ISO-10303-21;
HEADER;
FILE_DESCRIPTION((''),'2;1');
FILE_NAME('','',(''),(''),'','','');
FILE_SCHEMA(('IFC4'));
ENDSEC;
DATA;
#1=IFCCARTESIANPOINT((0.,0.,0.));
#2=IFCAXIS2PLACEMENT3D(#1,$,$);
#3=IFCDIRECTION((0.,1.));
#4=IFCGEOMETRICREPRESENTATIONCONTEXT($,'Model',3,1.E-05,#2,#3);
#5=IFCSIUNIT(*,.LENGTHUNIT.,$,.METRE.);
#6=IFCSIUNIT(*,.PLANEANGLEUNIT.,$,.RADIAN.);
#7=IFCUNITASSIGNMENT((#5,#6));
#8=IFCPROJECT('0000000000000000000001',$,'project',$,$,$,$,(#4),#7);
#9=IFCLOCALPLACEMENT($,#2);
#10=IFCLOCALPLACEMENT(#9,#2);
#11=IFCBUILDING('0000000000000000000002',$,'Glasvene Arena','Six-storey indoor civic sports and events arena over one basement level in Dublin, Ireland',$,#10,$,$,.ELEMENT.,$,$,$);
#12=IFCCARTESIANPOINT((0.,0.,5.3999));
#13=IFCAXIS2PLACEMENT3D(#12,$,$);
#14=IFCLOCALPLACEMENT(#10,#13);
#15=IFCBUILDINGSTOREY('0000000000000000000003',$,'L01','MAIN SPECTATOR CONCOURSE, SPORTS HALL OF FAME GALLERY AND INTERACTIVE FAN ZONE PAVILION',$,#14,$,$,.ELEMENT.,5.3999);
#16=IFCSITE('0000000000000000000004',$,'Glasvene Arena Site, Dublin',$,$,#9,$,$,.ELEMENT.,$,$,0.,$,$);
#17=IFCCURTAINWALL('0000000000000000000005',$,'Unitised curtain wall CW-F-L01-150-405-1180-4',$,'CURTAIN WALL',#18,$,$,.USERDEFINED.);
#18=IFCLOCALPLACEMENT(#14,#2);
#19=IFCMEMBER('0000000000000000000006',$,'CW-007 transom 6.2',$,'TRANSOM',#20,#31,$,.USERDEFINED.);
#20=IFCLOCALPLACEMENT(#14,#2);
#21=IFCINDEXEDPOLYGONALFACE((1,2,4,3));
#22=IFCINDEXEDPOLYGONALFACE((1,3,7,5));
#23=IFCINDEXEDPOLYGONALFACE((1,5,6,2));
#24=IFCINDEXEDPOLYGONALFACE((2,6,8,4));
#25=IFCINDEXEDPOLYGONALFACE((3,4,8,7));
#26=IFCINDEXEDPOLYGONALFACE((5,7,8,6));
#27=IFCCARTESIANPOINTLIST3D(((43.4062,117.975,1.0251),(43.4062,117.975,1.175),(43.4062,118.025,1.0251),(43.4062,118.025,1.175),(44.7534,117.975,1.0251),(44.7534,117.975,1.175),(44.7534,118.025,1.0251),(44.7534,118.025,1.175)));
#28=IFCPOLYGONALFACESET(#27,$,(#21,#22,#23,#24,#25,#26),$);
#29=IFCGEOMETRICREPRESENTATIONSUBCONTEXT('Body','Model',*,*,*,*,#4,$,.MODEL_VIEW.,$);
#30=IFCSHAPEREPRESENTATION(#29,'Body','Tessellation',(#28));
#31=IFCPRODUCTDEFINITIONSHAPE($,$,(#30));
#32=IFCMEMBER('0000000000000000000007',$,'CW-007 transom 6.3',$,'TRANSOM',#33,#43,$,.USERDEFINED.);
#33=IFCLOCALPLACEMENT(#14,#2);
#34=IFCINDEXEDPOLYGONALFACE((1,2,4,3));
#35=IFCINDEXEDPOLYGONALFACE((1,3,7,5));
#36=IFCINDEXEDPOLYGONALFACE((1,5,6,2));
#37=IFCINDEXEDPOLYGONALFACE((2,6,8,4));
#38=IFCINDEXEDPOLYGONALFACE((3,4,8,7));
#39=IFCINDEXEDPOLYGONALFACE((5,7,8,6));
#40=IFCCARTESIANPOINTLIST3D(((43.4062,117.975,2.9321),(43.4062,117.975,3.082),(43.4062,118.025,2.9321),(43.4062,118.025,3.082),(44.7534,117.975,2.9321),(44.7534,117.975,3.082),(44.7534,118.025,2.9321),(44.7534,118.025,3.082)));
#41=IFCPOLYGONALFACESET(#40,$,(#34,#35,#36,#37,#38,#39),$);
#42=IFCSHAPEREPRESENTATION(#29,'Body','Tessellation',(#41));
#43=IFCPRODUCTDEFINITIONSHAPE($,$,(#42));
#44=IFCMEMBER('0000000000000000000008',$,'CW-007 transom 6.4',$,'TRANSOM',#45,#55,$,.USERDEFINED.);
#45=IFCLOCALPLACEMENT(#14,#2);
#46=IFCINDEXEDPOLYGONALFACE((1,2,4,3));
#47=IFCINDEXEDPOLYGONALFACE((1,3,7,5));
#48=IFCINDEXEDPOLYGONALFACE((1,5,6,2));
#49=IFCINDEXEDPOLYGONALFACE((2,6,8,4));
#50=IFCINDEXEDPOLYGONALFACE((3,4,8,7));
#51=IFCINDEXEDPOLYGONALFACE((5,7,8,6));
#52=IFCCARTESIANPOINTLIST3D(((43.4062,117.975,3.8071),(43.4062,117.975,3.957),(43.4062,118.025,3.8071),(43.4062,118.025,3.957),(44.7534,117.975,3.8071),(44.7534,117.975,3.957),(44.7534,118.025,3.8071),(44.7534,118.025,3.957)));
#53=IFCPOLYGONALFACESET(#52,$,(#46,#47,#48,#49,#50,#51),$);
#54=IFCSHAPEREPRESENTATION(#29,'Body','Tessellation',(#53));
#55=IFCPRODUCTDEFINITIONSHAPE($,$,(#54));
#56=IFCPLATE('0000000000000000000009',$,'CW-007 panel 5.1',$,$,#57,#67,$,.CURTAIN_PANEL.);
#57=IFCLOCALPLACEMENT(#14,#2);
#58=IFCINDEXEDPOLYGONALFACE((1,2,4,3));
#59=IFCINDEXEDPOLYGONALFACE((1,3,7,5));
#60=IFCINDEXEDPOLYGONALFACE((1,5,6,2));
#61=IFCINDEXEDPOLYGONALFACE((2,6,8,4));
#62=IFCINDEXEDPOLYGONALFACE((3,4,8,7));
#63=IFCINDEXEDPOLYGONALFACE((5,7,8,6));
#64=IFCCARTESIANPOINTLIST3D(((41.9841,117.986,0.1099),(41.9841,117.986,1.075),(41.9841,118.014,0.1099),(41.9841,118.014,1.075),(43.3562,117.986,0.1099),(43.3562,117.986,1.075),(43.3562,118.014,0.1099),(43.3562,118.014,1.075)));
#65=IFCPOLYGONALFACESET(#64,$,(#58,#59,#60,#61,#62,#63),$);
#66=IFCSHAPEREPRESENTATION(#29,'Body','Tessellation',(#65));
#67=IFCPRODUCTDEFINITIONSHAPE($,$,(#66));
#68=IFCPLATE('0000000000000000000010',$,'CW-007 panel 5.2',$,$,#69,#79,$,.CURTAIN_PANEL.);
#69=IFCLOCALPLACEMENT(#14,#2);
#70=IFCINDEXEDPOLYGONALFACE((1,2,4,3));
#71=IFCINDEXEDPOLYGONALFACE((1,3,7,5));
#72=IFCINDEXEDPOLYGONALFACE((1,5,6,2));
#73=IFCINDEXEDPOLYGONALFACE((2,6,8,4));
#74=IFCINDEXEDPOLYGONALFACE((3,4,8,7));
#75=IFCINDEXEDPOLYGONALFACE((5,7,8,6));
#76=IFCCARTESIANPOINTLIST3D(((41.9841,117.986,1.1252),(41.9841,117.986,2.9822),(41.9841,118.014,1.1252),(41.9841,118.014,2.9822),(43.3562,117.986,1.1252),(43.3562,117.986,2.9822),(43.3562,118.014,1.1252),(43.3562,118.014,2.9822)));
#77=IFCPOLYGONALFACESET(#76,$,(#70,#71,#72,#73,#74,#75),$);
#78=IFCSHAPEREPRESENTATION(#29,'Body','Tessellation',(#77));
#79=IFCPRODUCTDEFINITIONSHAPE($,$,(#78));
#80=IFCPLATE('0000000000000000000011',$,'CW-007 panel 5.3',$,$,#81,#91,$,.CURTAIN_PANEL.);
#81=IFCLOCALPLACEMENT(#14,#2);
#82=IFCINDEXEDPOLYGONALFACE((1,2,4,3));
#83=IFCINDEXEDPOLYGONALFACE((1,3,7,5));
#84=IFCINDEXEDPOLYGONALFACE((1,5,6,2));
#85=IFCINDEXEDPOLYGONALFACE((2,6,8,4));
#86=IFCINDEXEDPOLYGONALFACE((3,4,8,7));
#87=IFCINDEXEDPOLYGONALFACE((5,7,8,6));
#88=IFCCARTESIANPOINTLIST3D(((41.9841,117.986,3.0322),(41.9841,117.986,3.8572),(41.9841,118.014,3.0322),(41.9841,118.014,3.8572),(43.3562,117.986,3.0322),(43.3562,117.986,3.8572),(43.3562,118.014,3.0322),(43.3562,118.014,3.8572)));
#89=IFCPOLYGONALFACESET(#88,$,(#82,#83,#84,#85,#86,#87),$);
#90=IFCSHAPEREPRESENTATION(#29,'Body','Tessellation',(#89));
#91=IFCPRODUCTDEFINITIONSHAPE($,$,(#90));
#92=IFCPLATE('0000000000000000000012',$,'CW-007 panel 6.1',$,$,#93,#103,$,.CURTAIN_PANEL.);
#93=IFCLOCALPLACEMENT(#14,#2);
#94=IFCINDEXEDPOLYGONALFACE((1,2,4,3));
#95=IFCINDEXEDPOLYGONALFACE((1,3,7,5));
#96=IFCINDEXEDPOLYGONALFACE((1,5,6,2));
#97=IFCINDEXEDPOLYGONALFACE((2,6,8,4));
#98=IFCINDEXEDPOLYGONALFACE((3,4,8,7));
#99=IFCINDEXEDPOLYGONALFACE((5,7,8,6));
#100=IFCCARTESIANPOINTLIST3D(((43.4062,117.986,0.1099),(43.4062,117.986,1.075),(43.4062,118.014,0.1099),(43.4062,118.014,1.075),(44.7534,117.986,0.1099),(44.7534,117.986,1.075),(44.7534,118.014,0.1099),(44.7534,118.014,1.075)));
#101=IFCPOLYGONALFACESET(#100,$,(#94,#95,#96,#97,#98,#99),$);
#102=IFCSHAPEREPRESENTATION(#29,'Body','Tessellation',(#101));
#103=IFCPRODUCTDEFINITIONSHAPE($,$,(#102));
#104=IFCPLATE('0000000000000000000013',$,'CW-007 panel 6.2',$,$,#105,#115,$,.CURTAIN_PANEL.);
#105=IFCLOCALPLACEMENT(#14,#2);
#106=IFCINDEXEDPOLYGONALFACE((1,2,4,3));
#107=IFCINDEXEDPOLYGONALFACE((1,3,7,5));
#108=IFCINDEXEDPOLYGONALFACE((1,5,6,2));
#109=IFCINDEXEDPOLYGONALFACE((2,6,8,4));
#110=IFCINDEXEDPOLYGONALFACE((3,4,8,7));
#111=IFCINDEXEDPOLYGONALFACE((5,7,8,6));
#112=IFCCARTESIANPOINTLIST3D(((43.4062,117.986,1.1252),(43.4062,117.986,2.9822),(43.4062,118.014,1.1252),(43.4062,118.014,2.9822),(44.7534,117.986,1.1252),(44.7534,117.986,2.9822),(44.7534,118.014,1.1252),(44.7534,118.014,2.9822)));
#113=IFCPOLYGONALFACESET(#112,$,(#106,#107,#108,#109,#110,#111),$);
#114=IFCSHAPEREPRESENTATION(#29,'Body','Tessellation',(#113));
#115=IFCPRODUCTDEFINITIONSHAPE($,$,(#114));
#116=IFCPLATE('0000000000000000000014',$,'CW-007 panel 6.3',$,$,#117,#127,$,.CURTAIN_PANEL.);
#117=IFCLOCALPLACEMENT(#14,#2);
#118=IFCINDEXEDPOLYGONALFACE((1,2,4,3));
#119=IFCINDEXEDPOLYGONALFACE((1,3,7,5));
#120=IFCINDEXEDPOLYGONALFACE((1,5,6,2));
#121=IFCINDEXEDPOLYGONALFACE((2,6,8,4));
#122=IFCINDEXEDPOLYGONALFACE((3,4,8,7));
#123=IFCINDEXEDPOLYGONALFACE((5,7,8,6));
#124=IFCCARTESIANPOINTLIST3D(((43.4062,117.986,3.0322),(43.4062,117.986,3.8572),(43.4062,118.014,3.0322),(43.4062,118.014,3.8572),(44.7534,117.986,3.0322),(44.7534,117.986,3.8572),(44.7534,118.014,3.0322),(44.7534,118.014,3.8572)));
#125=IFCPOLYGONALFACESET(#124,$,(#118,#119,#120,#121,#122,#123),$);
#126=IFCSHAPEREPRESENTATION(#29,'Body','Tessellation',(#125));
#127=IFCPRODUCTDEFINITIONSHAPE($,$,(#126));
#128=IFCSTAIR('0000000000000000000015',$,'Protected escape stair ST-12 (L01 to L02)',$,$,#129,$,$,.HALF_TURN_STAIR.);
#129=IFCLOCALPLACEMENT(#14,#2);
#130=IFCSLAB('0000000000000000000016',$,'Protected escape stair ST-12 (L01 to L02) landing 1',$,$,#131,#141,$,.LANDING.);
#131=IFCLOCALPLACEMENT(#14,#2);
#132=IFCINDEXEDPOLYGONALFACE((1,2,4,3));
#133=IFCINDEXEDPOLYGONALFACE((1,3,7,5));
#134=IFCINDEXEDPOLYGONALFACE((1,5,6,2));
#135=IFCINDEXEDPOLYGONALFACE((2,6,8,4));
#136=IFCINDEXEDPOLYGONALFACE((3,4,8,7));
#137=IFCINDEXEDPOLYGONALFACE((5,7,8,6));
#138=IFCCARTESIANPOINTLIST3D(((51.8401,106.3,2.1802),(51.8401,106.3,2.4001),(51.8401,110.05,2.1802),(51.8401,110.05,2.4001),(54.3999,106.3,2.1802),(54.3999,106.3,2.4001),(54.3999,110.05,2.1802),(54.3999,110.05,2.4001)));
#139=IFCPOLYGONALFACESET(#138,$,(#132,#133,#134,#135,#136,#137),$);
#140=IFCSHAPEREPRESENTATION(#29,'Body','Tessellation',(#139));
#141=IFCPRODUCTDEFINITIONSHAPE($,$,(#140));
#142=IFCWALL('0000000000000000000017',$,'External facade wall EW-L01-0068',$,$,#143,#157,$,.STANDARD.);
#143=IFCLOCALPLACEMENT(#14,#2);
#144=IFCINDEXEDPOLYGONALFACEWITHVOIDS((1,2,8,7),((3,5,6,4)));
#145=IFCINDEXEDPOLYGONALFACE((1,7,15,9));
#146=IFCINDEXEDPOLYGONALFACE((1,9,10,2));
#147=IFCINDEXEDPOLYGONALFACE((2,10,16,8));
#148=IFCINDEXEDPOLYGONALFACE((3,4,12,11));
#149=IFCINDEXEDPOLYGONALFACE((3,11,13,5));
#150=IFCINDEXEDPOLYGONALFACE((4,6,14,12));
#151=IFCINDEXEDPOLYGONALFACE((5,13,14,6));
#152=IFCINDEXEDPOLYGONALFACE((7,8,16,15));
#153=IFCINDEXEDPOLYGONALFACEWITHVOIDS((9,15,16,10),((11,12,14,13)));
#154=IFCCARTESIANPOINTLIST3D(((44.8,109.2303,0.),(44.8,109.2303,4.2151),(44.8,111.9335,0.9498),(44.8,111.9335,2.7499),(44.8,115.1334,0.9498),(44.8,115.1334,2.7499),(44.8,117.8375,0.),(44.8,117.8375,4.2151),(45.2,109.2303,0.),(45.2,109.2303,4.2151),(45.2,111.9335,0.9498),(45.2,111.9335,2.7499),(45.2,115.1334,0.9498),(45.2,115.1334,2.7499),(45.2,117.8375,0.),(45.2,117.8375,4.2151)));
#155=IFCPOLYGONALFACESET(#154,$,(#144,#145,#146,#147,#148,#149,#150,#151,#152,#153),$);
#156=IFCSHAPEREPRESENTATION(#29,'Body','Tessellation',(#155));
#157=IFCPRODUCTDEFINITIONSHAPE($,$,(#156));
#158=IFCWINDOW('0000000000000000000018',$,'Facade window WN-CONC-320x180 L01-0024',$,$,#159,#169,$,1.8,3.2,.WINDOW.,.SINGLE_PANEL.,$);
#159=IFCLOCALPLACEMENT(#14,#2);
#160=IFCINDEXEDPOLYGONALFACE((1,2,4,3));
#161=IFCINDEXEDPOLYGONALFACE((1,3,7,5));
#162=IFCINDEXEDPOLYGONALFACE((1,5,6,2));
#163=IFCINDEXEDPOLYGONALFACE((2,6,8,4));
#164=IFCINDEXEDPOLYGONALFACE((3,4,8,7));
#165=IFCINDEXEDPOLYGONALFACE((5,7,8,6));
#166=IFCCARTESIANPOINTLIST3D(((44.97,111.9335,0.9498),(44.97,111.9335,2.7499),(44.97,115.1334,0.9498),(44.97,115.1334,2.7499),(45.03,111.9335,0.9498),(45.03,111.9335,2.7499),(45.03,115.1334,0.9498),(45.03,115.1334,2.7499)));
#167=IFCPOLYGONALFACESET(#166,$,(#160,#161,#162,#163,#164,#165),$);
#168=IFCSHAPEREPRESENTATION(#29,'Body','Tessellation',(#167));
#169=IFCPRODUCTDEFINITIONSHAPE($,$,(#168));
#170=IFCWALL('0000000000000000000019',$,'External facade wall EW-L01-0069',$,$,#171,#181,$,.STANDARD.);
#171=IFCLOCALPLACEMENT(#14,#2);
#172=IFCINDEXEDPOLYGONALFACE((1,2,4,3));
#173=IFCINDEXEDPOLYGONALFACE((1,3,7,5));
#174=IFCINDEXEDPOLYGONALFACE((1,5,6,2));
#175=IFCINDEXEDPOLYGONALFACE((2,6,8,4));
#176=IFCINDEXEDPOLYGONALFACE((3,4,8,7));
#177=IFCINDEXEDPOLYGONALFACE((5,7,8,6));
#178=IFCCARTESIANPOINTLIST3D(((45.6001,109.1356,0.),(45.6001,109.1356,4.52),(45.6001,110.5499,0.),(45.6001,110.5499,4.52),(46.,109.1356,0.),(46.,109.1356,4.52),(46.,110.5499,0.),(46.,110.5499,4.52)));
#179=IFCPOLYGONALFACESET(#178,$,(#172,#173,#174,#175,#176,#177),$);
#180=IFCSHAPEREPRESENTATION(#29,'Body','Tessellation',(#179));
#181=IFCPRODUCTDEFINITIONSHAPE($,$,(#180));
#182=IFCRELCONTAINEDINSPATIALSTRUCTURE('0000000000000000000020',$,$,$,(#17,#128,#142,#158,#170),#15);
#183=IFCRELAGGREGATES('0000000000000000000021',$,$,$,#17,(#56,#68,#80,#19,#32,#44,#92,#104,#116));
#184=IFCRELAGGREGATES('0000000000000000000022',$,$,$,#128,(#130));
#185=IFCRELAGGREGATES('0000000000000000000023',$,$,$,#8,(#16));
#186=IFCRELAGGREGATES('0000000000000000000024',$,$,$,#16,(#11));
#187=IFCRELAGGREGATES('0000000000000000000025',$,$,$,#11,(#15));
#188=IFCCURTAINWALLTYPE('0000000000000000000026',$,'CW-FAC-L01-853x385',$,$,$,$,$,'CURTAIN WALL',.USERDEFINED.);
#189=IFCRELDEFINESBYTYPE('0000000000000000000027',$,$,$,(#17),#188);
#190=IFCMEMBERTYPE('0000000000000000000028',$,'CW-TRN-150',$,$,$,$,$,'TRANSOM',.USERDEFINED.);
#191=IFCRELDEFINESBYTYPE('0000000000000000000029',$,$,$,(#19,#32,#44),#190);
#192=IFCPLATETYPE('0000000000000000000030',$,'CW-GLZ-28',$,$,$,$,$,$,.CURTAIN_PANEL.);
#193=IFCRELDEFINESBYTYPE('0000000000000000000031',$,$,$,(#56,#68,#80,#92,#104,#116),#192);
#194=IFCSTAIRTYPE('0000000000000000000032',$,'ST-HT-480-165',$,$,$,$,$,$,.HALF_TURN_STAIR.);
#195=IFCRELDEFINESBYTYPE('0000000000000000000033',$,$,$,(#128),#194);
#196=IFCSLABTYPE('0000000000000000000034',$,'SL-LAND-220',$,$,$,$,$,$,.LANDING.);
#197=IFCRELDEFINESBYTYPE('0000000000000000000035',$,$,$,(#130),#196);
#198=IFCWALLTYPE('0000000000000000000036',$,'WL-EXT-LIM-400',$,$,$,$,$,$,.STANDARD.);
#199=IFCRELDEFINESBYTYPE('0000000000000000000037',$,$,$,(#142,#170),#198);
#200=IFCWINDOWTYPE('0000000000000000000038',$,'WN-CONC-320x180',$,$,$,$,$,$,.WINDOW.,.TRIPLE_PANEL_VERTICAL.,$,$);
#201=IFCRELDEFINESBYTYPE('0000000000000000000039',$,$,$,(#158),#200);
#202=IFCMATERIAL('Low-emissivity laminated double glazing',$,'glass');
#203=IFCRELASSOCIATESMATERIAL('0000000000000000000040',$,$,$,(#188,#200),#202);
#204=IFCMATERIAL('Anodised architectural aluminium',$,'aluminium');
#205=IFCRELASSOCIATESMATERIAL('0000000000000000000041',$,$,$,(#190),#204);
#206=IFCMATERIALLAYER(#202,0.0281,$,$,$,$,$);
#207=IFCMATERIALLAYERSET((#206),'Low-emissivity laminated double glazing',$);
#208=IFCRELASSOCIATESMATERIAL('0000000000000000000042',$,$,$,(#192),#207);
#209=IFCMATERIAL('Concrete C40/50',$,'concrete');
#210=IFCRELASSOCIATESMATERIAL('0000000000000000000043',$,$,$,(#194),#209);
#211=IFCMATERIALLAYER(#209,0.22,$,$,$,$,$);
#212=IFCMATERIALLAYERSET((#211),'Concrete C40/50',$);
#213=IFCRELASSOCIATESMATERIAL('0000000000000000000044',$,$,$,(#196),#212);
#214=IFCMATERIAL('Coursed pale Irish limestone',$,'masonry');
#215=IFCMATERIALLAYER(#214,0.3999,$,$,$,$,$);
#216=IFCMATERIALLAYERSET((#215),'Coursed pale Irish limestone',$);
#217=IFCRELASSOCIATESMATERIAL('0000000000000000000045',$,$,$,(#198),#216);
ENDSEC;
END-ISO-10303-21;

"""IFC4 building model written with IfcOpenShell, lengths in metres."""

from ifc_helpers import new_model, si_unit, direction, frame, frame_2d, origin, origin_2d, place, context, subcontext, project, spatial, polyline, rectangle, outline, extrude, material, layer, layer_set, material_profile, profile_set, type_object, element, fill, aggregate, save


model = new_model("IFC4")

# Units and contexts
model_context = context("Model", 3, precision=1e-05, world=origin(), true_north=direction((0.0, 1.0)))
body_context = subcontext(model_context, "Body", "Model", "MODEL_VIEW")
ifc_project = project(units=[si_unit("LENGTHUNIT", "METRE"), si_unit("PLANEANGLEUNIT", "RADIAN")], contexts=[model_context])

# Site, building, storey
site_placement = place(None, origin())
site = spatial("IfcSite", under=ifc_project, at=site_placement, Name="Glasvene Arena Site, Dublin", CompositionType="ELEMENT", RefElevation=0.0)
building_placement = place(site_placement, origin())
building = spatial("IfcBuilding", under=site, at=building_placement, Name="Glasvene Arena", Description="Six-storey indoor civic sports and events arena over one basement level in Dublin, Ireland", CompositionType="ELEMENT")
storey_placement = place(building_placement, frame((0.0, 0.0, 5.3999)))
storey = spatial("IfcBuildingStorey", under=building, at=storey_placement, Name="L01", Description="MAIN SPECTATOR CONCOURSE, SPORTS HALL OF FAME GALLERY AND INTERACTIVE FAN ZONE PAVILION", CompositionType="ELEMENT", Elevation=5.3999)

# Curtain wall, members, plates
ifc_material_1 = material(Name="Low-emissivity laminated double glazing", Category="glass")
curtain_wall_type = type_object("IfcCurtainWallType", Name="CW-FAC-L01-853x385", ElementType="CURTAIN WALL", PredefinedType="USERDEFINED", material=ifc_material_1)
curtain_wall_placement = place(storey_placement, frame((36.2705, 118.0, 0.0)))
curtain_wall = element("IfcCurtainWall", 1, at=curtain_wall_placement, inside=storey, type_object=curtain_wall_type, Name="Unitised curtain wall CW-F-L01-150-405-1180-4", ObjectType="CURTAIN WALL", PredefinedType="USERDEFINED")
ifc_material_2 = material(Name="Anodised architectural aluminium", Category="aluminium")
ifc_material_profile_1 = material_profile(ifc_material_2, rectangle(XDim=0.05, YDim=0.1499, at=origin_2d()), Name="ALU TRANSOM 50x150")
ifc_profile_set_1 = profile_set([ifc_material_profile_1], Name="Anodised architectural aluminium")
member_type_1 = type_object("IfcMemberType", Name="CW-TRN-150", ElementType="TRANSOM", PredefinedType="USERDEFINED", material=ifc_profile_set_1)
member_1_placement = place(storey_placement, frame((43.4062, 118.0, 1.1001), z_axis=(1.0, 0.0, 0.0), x_axis=(0.0, 1.0, 0.0)))
member_1 = element("IfcMember", 2, at=member_1_placement, type_object=member_type_1, Name="CW-007 transom 6.2", ObjectType="TRANSOM", PredefinedType="USERDEFINED", context=body_context, shape_type="SweptSolid", body=[
    extrude(rectangle(XDim=0.05, YDim=0.1499, at=origin_2d()), origin(), (0.0, 0.0, 1.0), 1.3472),
])
member_2_placement = place(storey_placement, frame((43.4062, 118.0, 3.0071), z_axis=(1.0, 0.0, 0.0), x_axis=(0.0, 1.0, 0.0)))
member_2 = element("IfcMember", 3, at=member_2_placement, type_object=member_type_1, Name="CW-007 transom 6.3", ObjectType="TRANSOM", PredefinedType="USERDEFINED", context=body_context, shape_type="SweptSolid", body=[
    extrude(rectangle(XDim=0.05, YDim=0.1499, at=origin_2d()), origin(), (0.0, 0.0, 1.0), 1.3472),
])
member_3_placement = place(storey_placement, frame((43.4062, 118.0, 3.8821), z_axis=(1.0, 0.0, 0.0), x_axis=(0.0, 1.0, 0.0)))
member_3 = element("IfcMember", 4, at=member_3_placement, type_object=member_type_1, Name="CW-007 transom 6.4", ObjectType="TRANSOM", PredefinedType="USERDEFINED", context=body_context, shape_type="SweptSolid", body=[
    extrude(rectangle(XDim=0.05, YDim=0.1499, at=origin_2d()), origin(), (0.0, 0.0, 1.0), 1.3472),
])
ifc_layer_1 = layer(ifc_material_1, 0.0281)
ifc_layer_set_1 = layer_set([ifc_layer_1], Name="Low-emissivity laminated double glazing")
plate_type = type_object("IfcPlateType", Name="CW-GLZ-28", PredefinedType="CURTAIN_PANEL", material=ifc_layer_set_1)
plate_1_placement = place(storey_placement, frame((42.6702, 118.0, 0.1099), z_axis=(0.0, 0.0, 1.0), x_axis=(1.0, 0.0, 0.0)))
plate_1 = element("IfcPlate", 5, at=plate_1_placement, type_object=plate_type, Name="CW-007 panel 5.1", PredefinedType="CURTAIN_PANEL", context=body_context, shape_type="SweptSolid", body=[
    extrude(rectangle(XDim=1.3721, YDim=0.0281, at=origin_2d()), origin(), (0.0, 0.0, 1.0), 0.9651),
])
plate_2_placement = place(storey_placement, frame((42.6702, 118.0, 1.1252), z_axis=(0.0, 0.0, 1.0), x_axis=(1.0, 0.0, 0.0)))
plate_2 = element("IfcPlate", 6, at=plate_2_placement, type_object=plate_type, Name="CW-007 panel 5.2", PredefinedType="CURTAIN_PANEL", context=body_context, shape_type="SweptSolid", body=[
    extrude(rectangle(XDim=1.3721, YDim=0.0281, at=origin_2d()), origin(), (0.0, 0.0, 1.0), 1.8569),
])
plate_3_placement = place(storey_placement, frame((42.6702, 118.0, 3.0322), z_axis=(0.0, 0.0, 1.0), x_axis=(1.0, 0.0, 0.0)))
plate_3 = element("IfcPlate", 7, at=plate_3_placement, type_object=plate_type, Name="CW-007 panel 5.3", PredefinedType="CURTAIN_PANEL", context=body_context, shape_type="SweptSolid", body=[
    extrude(rectangle(XDim=1.3721, YDim=0.0281, at=origin_2d()), origin(), (0.0, 0.0, 1.0), 0.825),
])
plate_4_placement = place(storey_placement, frame((44.0798, 118.0, 0.1099), z_axis=(0.0, 0.0, 1.0), x_axis=(1.0, 0.0, 0.0)))
plate_4 = element("IfcPlate", 8, at=plate_4_placement, type_object=plate_type, Name="CW-007 panel 6.1", PredefinedType="CURTAIN_PANEL", context=body_context, shape_type="SweptSolid", body=[
    extrude(rectangle(XDim=1.3472, YDim=0.0281, at=origin_2d()), origin(), (0.0, 0.0, 1.0), 0.9651),
])
plate_5_placement = place(storey_placement, frame((44.0798, 118.0, 1.1252), z_axis=(0.0, 0.0, 1.0), x_axis=(1.0, 0.0, 0.0)))
plate_5 = element("IfcPlate", 9, at=plate_5_placement, type_object=plate_type, Name="CW-007 panel 6.2", PredefinedType="CURTAIN_PANEL", context=body_context, shape_type="SweptSolid", body=[
    extrude(rectangle(XDim=1.3472, YDim=0.0281, at=origin_2d()), origin(), (0.0, 0.0, 1.0), 1.8569),
])
plate_6_placement = place(storey_placement, frame((44.0798, 118.0, 3.0322), z_axis=(0.0, 0.0, 1.0), x_axis=(1.0, 0.0, 0.0)))
plate_6 = element("IfcPlate", 10, at=plate_6_placement, type_object=plate_type, Name="CW-007 panel 6.3", PredefinedType="CURTAIN_PANEL", context=body_context, shape_type="SweptSolid", body=[
    extrude(rectangle(XDim=1.3472, YDim=0.0281, at=origin_2d()), origin(), (0.0, 0.0, 1.0), 0.825),
])
aggregate(curtain_wall, [plate_1, plate_2, plate_3, member_1, member_2, member_3, plate_4, plate_5, plate_6])

# Shared definitions
ifc_material_3 = material(Name="Concrete C40/50", Category="concrete")

# Stair, slab
stair_type = type_object("IfcStairType", Name="ST-HT-480-165", PredefinedType="HALF_TURN_STAIR", material=ifc_material_3)
stair_placement = place(storey_placement, origin())
stair = element("IfcStair", 11, at=stair_placement, inside=storey, type_object=stair_type, Name="Protected escape stair ST-12 (L01 to L02)", PredefinedType="HALF_TURN_STAIR")
ifc_layer_2 = layer(ifc_material_3, 0.22)
ifc_layer_set_2 = layer_set([ifc_layer_2], Name="Concrete C40/50")
slab_type_1 = type_object("IfcSlabType", Name="SL-LAND-220", PredefinedType="LANDING", material=ifc_layer_set_2)
slab_1_placement = place(storey_placement, frame((53.1201, 108.175, 2.1802)))
slab_1 = element("IfcSlab", 12, at=slab_1_placement, type_object=slab_type_1, Name="Protected escape stair ST-12 (L01 to L02) landing 1", PredefinedType="LANDING", context=body_context, shape_type="SweptSolid", body=[
    extrude(outline(polyline([(-1.28, -1.875), (1.2798, -1.875), (1.2798, 1.875), (-1.28, 1.875), (-1.28, -1.875)])), origin(), (0.0, 0.0, 1.0), 0.22),
])

# Wall, opening, window
ifc_material_4 = material(Name="Coursed pale Irish limestone", Category="masonry")
ifc_layer_3 = layer(ifc_material_4, 0.3999)
ifc_layer_set_3 = layer_set([ifc_layer_3], Name="Coursed pale Irish limestone")
wall_type_1 = type_object("IfcWallType", Name="WL-EXT-LIM-400", PredefinedType="STANDARD", material=ifc_layer_set_3)
wall_1_placement = place(storey_placement, frame((45.0, 117.8376, 0.0), z_axis=(0.0, 0.0, 1.0), x_axis=(0.0, -1.0, 0.0)))
wall_1 = element("IfcWall", 13, at=wall_1_placement, inside=storey, type_object=wall_type_1, Name="External facade wall EW-L01-0068", PredefinedType="STANDARD", context=body_context, shape_type="SweptSolid", body=[
    extrude(rectangle(XDim=8.6072, YDim=0.3999, at=frame_2d((4.3037, 0.0))), origin(), (0.0, 0.0, 1.0), 4.2151),
])
opening_1_placement = place(wall_1_placement, frame((2.7041, 0.0, 0.95)))
opening_1 = element("IfcOpeningElement", 14, at=opening_1_placement, cuts=wall_1, PredefinedType="OPENING", context=body_context, shape_type="SweptSolid", body=[
    extrude(rectangle(XDim=3.2, YDim=1.8, at=frame_2d((1.6001, 0.8999))), frame((0.0, 0.21, 0.0), z_axis=(0.0, -1.0, 0.0), x_axis=(1.0, 0.0, 0.0)), (0.0, 0.0, 1.0), 0.4199),
])
window_type = type_object("IfcWindowType", Name="WN-CONC-320x180", PartitioningType="TRIPLE_PANEL_VERTICAL", PredefinedType="WINDOW", material=ifc_material_1)
window_1_placement = place(opening_1_placement, origin())
window_1 = element("IfcWindow", 15, at=window_1_placement, inside=storey, type_object=window_type, Name="Facade window WN-CONC-320x180 L01-0024", OverallHeight=1.8, OverallWidth=3.2, PartitioningType="SINGLE_PANEL", PredefinedType="WINDOW", context=body_context, shape_type="SweptSolid", body=[
    extrude(rectangle(XDim=3.2, YDim=1.8, at=frame_2d((1.6001, 0.8999))), frame((0.0, 0.03, 0.0), z_axis=(0.0, -1.0, 0.0), x_axis=(1.0, 0.0, 0.0)), (0.0, 0.0, 1.0), 0.0601),
])
fill(opening_1, window_1)

# Wall
wall_2_placement = place(storey_placement, frame((45.8, 109.1357, 0.0), z_axis=(0.0, 0.0, 1.0), x_axis=(0.0, 1.0, 0.0)))
element("IfcWall", 16, at=wall_2_placement, inside=storey, type_object=wall_type_1, Name="External facade wall EW-L01-0069", PredefinedType="STANDARD", context=body_context, shape_type="SweptSolid", body=[
    extrude(rectangle(XDim=1.4143, YDim=0.3999, at=frame_2d((0.707, 0.0))), origin(), (0.0, 0.0, 1.0), 4.52),
])

aggregate(stair, [slab_1])

save(model, "model.ifc")
